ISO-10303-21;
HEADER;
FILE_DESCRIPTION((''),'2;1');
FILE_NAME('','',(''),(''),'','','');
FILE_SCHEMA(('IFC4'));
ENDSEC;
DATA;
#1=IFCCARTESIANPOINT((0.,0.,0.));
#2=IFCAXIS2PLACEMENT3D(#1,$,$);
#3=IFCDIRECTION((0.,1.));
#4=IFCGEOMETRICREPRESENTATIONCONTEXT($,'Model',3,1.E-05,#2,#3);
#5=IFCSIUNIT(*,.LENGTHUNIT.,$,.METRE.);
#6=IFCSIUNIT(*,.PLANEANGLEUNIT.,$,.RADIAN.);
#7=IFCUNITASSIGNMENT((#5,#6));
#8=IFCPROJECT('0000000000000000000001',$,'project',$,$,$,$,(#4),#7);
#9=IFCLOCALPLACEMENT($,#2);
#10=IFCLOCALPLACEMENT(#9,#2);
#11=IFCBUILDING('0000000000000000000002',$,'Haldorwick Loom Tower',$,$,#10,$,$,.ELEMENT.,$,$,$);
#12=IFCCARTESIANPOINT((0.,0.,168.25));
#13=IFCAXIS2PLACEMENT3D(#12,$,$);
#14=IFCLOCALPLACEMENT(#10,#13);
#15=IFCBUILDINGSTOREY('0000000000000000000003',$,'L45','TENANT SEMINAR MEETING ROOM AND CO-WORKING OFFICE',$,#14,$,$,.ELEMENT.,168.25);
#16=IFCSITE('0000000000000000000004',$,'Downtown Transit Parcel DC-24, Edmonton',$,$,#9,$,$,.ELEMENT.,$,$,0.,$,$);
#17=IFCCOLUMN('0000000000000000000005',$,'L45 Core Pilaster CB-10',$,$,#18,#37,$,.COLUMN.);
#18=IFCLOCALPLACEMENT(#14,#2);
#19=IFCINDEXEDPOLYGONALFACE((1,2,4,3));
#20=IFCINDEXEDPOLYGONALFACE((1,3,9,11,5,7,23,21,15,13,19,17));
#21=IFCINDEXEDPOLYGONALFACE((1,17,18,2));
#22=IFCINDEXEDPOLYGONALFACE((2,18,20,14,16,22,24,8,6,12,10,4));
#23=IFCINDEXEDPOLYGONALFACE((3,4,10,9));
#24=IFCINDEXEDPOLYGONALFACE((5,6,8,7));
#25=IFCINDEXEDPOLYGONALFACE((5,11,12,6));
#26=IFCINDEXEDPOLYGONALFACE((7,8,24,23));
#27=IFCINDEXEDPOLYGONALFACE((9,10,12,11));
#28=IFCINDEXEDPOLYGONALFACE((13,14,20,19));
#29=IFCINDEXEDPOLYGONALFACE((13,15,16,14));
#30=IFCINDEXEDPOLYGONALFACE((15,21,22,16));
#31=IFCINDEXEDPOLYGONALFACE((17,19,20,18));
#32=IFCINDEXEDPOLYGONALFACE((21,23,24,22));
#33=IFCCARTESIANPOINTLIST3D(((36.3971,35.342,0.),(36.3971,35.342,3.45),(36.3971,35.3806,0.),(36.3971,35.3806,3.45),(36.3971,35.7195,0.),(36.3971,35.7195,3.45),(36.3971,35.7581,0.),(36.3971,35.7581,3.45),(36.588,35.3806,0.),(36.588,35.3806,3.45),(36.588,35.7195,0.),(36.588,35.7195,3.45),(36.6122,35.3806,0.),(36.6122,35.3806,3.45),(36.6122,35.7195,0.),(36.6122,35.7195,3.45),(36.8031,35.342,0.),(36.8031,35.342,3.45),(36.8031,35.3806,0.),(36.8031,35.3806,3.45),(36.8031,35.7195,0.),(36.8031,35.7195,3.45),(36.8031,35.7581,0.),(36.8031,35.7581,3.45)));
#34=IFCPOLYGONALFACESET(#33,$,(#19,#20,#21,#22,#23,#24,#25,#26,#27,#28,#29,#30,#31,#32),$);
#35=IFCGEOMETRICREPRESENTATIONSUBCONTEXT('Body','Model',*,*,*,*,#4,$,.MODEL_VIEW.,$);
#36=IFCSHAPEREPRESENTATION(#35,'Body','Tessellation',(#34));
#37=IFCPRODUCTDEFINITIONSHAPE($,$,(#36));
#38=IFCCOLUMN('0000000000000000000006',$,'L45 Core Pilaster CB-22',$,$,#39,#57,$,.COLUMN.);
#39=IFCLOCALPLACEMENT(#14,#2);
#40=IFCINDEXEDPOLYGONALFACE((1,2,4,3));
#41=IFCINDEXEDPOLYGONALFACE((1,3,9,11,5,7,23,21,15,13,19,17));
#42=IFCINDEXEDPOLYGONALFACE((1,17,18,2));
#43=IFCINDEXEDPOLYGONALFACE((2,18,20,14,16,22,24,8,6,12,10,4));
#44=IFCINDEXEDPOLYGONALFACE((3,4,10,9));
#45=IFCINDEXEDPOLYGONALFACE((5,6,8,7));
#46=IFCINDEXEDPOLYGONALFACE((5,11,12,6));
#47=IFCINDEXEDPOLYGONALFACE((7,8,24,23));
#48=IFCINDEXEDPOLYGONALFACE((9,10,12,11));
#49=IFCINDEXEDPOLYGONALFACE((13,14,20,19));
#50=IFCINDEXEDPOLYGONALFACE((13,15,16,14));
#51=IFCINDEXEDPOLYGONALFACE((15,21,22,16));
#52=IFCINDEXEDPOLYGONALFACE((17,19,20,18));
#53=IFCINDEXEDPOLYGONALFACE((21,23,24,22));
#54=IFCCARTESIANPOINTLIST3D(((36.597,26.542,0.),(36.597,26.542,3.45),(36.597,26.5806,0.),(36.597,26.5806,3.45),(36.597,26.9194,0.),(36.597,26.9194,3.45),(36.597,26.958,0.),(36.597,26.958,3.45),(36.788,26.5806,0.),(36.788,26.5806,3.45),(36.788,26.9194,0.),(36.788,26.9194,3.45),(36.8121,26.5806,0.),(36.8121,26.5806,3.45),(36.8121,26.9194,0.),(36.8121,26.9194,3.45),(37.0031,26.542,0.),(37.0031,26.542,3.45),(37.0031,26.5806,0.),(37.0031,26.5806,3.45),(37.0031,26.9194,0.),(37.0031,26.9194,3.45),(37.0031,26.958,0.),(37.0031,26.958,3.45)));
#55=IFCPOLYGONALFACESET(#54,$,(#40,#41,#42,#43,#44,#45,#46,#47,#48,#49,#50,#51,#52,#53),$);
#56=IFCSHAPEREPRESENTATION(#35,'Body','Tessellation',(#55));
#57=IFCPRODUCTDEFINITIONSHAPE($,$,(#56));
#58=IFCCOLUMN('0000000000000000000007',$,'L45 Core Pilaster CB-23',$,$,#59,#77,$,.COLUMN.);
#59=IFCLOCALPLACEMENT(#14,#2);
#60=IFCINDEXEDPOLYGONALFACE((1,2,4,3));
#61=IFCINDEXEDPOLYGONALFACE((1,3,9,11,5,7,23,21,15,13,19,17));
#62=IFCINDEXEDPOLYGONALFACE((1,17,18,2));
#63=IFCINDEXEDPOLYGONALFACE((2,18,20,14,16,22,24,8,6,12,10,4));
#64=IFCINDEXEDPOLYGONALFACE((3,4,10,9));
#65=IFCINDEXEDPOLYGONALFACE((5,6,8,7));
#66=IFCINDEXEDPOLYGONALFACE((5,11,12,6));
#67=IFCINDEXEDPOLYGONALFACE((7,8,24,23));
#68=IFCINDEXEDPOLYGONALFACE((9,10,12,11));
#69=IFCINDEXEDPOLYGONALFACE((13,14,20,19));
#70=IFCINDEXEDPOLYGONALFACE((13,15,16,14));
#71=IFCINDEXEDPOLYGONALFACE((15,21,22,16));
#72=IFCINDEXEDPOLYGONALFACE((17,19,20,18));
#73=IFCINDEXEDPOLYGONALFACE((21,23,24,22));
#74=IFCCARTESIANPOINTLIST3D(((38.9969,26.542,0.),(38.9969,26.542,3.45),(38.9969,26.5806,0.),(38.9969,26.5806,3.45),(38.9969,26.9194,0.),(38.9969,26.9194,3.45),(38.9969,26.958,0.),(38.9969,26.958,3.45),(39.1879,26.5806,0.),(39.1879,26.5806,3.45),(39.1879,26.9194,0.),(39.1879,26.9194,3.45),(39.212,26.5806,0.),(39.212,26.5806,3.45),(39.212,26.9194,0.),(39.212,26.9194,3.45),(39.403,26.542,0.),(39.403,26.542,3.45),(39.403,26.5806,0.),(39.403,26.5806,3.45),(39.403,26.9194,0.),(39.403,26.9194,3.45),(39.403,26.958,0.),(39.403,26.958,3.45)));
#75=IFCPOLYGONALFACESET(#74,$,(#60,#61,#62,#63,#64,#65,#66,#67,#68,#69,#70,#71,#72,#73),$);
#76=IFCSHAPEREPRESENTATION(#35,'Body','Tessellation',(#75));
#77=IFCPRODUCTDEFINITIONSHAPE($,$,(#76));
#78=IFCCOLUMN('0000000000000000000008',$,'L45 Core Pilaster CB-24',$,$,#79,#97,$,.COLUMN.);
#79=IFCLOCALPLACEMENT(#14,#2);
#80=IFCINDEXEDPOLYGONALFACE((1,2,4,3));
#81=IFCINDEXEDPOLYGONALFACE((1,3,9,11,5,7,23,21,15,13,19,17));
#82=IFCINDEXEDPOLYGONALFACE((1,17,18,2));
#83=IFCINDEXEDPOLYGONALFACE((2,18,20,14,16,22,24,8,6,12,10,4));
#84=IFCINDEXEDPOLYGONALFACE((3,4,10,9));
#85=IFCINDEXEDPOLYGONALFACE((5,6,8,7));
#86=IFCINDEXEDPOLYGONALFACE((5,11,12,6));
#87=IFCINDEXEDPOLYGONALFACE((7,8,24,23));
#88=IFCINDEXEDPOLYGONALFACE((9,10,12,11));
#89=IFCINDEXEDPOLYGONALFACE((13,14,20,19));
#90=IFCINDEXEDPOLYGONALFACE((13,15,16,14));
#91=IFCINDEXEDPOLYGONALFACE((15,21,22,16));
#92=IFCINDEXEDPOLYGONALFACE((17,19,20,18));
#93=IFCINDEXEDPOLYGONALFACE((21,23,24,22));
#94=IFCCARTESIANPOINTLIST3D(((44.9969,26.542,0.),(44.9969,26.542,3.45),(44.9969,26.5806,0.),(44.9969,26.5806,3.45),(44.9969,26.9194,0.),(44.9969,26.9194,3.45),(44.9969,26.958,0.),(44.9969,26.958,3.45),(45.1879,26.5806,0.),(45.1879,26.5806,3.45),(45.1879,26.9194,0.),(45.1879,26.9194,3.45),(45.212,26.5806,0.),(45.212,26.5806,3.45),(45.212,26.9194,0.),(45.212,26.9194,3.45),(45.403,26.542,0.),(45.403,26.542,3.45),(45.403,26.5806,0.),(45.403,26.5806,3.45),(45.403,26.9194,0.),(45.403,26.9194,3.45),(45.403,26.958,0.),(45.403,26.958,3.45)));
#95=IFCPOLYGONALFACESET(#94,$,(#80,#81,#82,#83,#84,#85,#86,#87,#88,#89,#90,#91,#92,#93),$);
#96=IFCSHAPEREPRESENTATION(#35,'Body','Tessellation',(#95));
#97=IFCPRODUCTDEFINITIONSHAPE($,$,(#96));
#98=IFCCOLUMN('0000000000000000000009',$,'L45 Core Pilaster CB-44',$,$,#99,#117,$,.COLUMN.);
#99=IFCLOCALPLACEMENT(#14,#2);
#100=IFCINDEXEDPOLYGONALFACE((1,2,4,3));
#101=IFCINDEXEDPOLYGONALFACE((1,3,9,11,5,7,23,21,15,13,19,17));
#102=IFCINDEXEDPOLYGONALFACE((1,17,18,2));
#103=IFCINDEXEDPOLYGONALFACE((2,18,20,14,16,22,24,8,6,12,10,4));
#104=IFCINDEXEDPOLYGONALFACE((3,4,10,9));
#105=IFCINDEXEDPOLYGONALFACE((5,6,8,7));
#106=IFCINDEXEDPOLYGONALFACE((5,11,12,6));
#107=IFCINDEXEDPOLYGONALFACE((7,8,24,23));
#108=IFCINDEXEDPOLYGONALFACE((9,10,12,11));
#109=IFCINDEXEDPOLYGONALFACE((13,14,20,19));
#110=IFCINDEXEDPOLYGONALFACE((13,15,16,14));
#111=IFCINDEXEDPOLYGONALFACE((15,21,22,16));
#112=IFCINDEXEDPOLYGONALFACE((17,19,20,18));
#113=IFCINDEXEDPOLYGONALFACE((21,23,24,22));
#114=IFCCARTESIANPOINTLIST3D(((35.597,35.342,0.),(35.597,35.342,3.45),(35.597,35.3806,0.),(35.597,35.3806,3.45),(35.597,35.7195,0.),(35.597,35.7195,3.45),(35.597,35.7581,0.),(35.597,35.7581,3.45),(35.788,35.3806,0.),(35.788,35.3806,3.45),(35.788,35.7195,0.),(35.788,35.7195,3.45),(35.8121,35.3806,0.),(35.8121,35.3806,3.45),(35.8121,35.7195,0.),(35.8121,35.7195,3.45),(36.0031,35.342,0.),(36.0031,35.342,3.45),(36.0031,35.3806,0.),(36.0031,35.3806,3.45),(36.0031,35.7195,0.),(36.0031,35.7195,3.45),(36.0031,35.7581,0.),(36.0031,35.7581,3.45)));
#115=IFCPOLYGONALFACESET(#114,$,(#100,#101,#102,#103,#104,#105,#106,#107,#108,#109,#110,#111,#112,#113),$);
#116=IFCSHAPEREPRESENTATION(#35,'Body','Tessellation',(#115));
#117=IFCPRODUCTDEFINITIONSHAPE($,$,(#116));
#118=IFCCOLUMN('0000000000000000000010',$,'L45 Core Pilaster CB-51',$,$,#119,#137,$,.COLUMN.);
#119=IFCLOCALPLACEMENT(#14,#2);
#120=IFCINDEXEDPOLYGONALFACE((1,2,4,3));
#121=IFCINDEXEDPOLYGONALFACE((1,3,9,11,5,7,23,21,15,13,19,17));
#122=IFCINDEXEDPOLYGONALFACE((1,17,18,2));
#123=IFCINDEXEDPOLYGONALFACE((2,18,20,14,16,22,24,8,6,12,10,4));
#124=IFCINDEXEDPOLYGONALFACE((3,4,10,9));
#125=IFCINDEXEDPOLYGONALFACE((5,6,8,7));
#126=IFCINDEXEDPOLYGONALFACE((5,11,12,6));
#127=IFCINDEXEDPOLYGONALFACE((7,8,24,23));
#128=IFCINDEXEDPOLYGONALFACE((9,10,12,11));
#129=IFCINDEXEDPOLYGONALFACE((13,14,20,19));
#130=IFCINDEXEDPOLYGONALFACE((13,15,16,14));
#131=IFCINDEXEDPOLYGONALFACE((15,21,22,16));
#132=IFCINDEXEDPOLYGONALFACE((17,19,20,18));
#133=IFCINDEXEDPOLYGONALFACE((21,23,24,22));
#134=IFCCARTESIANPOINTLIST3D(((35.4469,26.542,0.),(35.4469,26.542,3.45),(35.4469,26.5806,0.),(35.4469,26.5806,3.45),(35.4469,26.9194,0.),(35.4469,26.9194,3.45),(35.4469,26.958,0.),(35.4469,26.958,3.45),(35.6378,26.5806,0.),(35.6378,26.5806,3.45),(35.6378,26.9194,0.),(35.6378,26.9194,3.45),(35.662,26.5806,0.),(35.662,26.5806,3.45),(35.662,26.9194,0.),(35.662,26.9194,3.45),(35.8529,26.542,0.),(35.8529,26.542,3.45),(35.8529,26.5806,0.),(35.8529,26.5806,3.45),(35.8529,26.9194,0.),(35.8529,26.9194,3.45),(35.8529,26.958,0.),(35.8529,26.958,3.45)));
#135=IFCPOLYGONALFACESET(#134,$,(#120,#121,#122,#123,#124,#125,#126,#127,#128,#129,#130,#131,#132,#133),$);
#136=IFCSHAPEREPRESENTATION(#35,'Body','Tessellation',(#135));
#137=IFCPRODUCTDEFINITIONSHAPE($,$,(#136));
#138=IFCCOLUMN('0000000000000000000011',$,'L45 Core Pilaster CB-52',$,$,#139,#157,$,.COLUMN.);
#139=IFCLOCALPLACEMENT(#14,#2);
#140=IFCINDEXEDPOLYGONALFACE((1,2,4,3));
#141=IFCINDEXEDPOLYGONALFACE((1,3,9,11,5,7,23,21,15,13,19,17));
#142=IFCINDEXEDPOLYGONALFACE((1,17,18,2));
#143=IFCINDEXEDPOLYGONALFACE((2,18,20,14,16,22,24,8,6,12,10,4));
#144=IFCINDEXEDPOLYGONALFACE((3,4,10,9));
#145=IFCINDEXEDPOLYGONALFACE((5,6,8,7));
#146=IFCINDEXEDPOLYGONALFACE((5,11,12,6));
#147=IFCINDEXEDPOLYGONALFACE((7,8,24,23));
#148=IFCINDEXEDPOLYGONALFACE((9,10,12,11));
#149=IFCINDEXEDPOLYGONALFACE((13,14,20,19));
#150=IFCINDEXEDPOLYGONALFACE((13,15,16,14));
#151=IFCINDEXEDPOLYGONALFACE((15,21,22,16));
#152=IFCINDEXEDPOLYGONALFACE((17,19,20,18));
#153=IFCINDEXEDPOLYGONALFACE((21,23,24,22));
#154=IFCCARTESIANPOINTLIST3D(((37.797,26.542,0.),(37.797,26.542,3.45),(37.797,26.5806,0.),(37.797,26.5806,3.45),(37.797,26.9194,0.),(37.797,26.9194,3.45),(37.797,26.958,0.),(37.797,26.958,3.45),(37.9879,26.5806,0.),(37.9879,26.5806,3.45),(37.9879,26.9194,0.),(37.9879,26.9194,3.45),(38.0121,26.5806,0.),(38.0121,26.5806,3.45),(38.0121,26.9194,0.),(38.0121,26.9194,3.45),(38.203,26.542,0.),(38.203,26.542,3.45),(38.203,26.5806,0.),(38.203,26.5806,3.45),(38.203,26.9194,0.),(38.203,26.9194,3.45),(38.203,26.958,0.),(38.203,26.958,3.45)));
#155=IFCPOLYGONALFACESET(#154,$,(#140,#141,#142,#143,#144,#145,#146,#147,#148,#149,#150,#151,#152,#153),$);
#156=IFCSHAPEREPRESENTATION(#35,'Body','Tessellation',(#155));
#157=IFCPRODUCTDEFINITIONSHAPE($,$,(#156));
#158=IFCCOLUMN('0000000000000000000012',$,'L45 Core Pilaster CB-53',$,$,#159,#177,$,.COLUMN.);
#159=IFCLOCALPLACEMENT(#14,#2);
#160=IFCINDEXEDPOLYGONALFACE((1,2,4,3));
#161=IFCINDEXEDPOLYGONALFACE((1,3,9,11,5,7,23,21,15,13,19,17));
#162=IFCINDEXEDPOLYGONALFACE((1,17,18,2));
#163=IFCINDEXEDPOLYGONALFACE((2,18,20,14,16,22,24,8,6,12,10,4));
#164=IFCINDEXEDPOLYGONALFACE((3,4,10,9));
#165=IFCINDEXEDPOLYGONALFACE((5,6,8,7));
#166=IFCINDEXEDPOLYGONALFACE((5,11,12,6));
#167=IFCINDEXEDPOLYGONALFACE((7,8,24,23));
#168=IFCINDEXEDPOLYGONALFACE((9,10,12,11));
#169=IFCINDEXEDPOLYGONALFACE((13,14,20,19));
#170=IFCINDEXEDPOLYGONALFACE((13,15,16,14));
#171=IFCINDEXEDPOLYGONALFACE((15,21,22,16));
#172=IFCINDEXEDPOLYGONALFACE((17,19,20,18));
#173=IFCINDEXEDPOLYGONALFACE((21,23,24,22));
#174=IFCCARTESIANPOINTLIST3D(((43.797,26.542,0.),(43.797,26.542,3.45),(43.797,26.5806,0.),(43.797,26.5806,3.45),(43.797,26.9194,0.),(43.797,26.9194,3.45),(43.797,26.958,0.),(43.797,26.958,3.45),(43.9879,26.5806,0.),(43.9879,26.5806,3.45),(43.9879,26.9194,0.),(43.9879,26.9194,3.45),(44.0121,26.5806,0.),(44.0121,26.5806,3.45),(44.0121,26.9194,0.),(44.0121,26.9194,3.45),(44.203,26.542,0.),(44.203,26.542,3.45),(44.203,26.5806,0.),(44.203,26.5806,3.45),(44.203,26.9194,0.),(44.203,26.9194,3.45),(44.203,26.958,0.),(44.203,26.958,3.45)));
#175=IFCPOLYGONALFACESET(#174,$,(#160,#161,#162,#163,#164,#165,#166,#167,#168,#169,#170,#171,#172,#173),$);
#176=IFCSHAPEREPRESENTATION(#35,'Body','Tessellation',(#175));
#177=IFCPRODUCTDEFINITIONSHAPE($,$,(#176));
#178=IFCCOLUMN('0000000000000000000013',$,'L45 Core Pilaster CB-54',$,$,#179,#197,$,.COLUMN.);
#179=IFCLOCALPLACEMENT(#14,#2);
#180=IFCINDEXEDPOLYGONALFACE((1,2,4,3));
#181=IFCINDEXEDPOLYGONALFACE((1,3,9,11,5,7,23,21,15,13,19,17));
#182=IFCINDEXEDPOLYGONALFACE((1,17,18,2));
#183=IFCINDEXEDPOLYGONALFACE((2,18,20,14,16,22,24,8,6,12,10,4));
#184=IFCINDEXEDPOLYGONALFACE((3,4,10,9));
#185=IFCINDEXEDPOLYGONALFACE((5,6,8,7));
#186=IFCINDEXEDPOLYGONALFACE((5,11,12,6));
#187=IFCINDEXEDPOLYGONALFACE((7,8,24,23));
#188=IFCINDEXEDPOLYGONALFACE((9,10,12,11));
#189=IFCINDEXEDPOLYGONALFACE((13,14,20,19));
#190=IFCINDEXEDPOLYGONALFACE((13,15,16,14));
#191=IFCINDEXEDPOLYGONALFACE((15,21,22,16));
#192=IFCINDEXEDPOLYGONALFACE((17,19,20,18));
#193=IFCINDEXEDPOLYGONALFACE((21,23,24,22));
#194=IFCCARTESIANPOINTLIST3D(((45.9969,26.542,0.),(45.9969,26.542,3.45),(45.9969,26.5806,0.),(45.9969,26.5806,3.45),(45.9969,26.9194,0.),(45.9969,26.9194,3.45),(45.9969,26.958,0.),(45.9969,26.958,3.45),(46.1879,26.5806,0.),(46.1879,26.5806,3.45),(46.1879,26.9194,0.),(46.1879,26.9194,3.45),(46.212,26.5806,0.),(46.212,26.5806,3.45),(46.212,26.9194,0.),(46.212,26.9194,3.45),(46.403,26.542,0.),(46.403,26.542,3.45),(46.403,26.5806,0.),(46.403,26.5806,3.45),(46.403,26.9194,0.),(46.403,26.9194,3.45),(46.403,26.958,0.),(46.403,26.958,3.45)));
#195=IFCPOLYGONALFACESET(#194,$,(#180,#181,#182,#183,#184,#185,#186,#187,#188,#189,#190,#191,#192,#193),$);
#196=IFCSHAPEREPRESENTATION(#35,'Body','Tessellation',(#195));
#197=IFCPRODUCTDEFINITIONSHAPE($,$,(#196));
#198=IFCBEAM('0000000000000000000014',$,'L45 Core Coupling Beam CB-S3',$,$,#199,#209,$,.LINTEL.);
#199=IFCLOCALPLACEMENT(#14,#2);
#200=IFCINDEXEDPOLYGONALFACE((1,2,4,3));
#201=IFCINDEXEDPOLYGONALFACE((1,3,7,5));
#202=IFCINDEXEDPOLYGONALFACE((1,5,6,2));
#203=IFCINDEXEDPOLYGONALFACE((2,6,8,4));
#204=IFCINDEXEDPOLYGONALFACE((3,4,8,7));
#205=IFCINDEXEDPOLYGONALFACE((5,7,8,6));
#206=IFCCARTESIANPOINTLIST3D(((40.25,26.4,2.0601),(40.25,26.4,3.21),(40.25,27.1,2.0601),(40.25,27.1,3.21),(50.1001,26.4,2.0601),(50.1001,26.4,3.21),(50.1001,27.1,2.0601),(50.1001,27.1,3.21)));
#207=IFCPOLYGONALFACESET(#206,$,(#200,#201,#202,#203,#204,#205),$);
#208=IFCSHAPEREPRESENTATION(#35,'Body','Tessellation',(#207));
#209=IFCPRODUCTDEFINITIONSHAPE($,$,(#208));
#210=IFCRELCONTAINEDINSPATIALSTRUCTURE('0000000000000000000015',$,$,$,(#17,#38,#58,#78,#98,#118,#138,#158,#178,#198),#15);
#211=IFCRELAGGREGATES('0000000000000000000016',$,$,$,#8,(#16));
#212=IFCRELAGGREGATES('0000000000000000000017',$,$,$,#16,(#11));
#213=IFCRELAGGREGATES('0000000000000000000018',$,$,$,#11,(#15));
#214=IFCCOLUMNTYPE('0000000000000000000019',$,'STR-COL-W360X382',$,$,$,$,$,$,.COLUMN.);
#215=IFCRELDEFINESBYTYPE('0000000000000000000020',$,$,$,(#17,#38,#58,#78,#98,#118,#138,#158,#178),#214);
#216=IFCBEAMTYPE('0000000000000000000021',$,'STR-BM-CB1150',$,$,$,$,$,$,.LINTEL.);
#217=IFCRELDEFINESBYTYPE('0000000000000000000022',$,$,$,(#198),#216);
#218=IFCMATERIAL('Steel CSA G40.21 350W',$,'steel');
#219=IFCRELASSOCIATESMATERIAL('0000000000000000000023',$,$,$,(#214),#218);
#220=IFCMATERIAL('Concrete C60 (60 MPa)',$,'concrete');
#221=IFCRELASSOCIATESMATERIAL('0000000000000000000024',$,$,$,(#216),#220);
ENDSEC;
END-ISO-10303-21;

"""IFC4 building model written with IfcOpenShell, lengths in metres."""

from ifc_helpers import new_model, si_unit, direction, frame, origin, origin_2d, place, context, subcontext, project, spatial, rectangle, i_section, extrude, material, material_profile, profile_set, type_object, element, save


model = new_model("IFC4")

# Units and contexts
model_context = context("Model", 3, precision=1e-05, world=origin(), true_north=direction((0.0, 1.0)))
body_context = subcontext(model_context, "Body", "Model", "MODEL_VIEW")
ifc_project = project(units=[si_unit("LENGTHUNIT", "METRE"), si_unit("PLANEANGLEUNIT", "RADIAN")], contexts=[model_context])

# Site, building, storey
site_placement = place(None, origin())
site = spatial("IfcSite", under=ifc_project, at=site_placement, Name="Downtown Transit Parcel DC-24, Edmonton", CompositionType="ELEMENT", RefElevation=0.0)
building_placement = place(site_placement, origin())
building = spatial("IfcBuilding", under=site, at=building_placement, Name="Haldorwick Loom Tower", CompositionType="ELEMENT")
storey_placement = place(building_placement, frame((0.0, 0.0, 168.25)))
storey = spatial("IfcBuildingStorey", under=building, at=storey_placement, Name="L45", Description="TENANT SEMINAR MEETING ROOM AND CO-WORKING OFFICE", CompositionType="ELEMENT", Elevation=168.25)

# Columns
ifc_material_1 = material(Name="Steel CSA G40.21 350W", Category="steel")
ifc_material_profile_1 = material_profile(ifc_material_1, i_section(OverallWidth=0.406, OverallDepth=0.416, WebThickness=0.0242, FlangeThickness=0.0386, at=origin_2d()), Name="W360X382", Category="steel")
ifc_profile_set_1 = profile_set([ifc_material_profile_1], Name="Steel CSA G40.21 350W")
column_type = type_object("IfcColumnType", Name="STR-COL-W360X382", PredefinedType="COLUMN", material=ifc_profile_set_1)
for number, where, z_axis, x_axis, name in (
    (1, (36.6001, 35.55, 0.0), (0.0, 0.0, 1.0), (1.0, 0.0, 0.0), "L45 Core Pilaster CB-10"),
    (2, (36.8, 26.75, 0.0), (0.0, 0.0, 1.0), (1.0, 0.0, 0.0), "L45 Core Pilaster CB-22"),
    (3, (39.2, 26.75, 0.0), (0.0, 0.0, 1.0), (1.0, 0.0, 0.0), "L45 Core Pilaster CB-23"),
    (4, (45.2, 26.75, 0.0), (0.0, 0.0, 1.0), (1.0, 0.0, 0.0), "L45 Core Pilaster CB-24"),
    (5, (35.8, 35.55, 0.0), (0.0, 0.0, 1.0), (1.0, 0.0, 0.0), "L45 Core Pilaster CB-44"),
    (6, (35.6499, 26.75, 0.0), (0.0, 0.0, 1.0), (1.0, 0.0, 0.0), "L45 Core Pilaster CB-51"),
    (7, (38.0, 26.75, 0.0), (0.0, 0.0, 1.0), (1.0, 0.0, 0.0), "L45 Core Pilaster CB-52"),
    (8, (44.0, 26.75, 0.0), (0.0, 0.0, 1.0), (1.0, 0.0, 0.0), "L45 Core Pilaster CB-53"),
    (9, (46.2, 26.75, 0.0), (0.0, 0.0, 1.0), (1.0, 0.0, 0.0), "L45 Core Pilaster CB-54"),
):
    element("IfcColumn", number, at=place(storey_placement, frame(where, z_axis=z_axis, x_axis=x_axis)), inside=storey, type_object=column_type, Name=name, PredefinedType="COLUMN", context=body_context, shape_type="SweptSolid", body=[
        extrude(i_section(OverallWidth=0.406, OverallDepth=0.416, WebThickness=0.0242, FlangeThickness=0.0386, at=origin_2d()), origin(), (0.0, 0.0, 1.0), 3.45),
    ])

# Beam
ifc_material_2 = material(Name="Concrete C60 (60 MPa)", Category="concrete")
ifc_material_profile_2 = material_profile(ifc_material_2, rectangle(XDim=0.7, YDim=1.1499, at=origin_2d()), Name="RC700X1150", Category="concrete")
ifc_profile_set_2 = profile_set([ifc_material_profile_2], Name="Concrete C60 (60 MPa)")
beam_type_1 = type_object("IfcBeamType", Name="STR-BM-CB1150", PredefinedType="LINTEL", material=ifc_profile_set_2)
beam_1_placement = place(storey_placement, frame((40.25, 26.75, 2.635), z_axis=(1.0, 0.0, 0.0), x_axis=(0.0, 1.0, 0.0)))
element("IfcBeam", 10, at=beam_1_placement, inside=storey, type_object=beam_type_1, Name="L45 Core Coupling Beam CB-S3", PredefinedType="LINTEL", context=body_context, shape_type="SweptSolid", body=[
    extrude(rectangle(XDim=0.7, YDim=1.1499, at=origin_2d()), origin(), (0.0, 0.0, 1.0), 9.8501),
])

save(model, "model.ifc")
